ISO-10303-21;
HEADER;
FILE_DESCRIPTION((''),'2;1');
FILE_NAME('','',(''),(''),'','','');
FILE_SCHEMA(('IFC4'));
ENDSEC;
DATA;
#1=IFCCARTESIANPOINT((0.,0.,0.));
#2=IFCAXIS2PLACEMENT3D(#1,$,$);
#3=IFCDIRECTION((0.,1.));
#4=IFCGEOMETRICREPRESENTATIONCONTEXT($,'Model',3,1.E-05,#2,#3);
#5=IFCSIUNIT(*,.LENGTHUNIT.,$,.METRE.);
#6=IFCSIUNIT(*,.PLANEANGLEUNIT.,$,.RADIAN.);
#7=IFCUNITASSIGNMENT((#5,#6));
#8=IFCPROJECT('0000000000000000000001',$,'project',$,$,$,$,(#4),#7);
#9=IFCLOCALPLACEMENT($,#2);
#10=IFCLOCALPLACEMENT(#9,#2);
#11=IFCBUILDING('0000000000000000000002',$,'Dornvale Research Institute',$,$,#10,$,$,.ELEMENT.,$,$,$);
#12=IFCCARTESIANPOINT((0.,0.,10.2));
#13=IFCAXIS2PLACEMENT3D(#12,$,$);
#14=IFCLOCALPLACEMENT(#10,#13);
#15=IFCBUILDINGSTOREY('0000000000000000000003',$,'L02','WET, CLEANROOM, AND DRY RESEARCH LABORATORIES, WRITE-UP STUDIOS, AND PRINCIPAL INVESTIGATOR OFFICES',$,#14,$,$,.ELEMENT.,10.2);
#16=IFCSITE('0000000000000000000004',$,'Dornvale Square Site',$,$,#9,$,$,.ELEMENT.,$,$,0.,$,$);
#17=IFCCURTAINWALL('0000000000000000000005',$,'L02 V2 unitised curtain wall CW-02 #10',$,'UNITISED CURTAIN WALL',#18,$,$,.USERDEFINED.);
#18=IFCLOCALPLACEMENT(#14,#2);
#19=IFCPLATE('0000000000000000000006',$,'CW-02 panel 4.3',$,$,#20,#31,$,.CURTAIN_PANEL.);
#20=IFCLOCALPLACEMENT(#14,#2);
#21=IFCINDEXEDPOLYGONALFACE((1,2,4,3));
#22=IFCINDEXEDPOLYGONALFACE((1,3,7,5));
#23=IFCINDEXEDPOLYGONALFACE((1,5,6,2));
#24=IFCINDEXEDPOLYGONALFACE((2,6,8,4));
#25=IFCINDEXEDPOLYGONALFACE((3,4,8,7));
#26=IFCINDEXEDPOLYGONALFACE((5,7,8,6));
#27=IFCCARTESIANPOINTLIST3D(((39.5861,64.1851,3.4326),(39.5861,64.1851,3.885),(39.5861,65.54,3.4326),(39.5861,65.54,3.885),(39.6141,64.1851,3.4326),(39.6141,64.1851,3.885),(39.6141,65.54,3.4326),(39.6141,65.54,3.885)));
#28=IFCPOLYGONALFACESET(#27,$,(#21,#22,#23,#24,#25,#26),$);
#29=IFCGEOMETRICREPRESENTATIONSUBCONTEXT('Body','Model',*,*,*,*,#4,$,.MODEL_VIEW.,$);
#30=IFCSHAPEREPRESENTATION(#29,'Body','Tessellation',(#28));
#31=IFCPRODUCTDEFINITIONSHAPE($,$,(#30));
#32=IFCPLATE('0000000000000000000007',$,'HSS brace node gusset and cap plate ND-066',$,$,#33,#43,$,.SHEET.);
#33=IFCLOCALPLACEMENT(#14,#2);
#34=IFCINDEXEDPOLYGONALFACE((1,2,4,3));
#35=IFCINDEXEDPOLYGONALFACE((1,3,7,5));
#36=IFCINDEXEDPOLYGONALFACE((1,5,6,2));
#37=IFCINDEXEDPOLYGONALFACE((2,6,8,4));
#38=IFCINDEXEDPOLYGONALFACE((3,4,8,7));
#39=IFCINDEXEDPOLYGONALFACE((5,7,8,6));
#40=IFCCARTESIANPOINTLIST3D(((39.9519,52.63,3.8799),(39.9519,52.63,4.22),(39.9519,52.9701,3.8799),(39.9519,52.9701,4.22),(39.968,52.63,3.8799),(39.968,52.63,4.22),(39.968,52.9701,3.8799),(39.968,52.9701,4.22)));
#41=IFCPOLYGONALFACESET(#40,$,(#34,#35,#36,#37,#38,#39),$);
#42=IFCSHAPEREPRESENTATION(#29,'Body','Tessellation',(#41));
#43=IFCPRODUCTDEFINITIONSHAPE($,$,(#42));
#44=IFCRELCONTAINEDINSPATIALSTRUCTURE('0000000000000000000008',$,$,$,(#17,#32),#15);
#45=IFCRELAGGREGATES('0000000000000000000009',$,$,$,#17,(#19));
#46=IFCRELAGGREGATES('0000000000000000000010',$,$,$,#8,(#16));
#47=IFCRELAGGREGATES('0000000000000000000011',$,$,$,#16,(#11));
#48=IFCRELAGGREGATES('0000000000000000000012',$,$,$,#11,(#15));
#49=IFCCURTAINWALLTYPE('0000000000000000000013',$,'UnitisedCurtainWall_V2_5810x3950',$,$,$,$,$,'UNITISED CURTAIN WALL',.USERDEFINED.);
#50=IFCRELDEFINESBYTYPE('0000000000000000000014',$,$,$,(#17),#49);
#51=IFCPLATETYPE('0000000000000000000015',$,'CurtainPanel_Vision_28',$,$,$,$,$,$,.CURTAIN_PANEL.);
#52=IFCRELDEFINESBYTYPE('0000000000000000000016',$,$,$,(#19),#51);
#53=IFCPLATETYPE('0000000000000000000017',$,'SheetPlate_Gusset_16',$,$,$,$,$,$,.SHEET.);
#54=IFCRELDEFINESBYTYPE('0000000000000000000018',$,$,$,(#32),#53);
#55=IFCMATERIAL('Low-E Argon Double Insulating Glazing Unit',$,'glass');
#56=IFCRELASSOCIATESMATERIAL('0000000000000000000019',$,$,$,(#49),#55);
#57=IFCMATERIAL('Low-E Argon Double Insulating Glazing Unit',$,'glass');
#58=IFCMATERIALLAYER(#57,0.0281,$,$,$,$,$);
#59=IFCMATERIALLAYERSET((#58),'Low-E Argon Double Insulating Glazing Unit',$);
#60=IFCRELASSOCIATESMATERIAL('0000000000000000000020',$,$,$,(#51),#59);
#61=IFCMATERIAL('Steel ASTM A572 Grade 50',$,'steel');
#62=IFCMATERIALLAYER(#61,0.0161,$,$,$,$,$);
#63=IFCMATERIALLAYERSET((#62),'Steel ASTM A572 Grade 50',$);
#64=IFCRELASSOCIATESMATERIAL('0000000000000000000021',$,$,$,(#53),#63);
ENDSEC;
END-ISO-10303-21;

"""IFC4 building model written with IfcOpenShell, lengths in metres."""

from ifc_helpers import new_model, si_unit, direction, frame, origin, origin_2d, place, context, subcontext, project, spatial, rectangle, extrude, material, layer, layer_set, type_object, element, aggregate, save


model = new_model("IFC4")

# Units and contexts
model_context = context("Model", 3, precision=1e-05, world=origin(), true_north=direction((0.0, 1.0)))
body_context = subcontext(model_context, "Body", "Model", "MODEL_VIEW")
ifc_project = project(units=[si_unit("LENGTHUNIT", "METRE"), si_unit("PLANEANGLEUNIT", "RADIAN")], contexts=[model_context])

# Site, building, storey
site_placement = place(None, origin())
site = spatial("IfcSite", under=ifc_project, at=site_placement, Name="Dornvale Square Site", CompositionType="ELEMENT", RefElevation=0.0)
building_placement = place(site_placement, origin())
building = spatial("IfcBuilding", under=site, at=building_placement, Name="Dornvale Research Institute", CompositionType="ELEMENT")
storey_placement = place(building_placement, frame((0.0, 0.0, 10.2)))
storey = spatial("IfcBuildingStorey", under=building, at=storey_placement, Name="L02", Description="WET, CLEANROOM, AND DRY RESEARCH LABORATORIES, WRITE-UP STUDIOS, AND PRINCIPAL INVESTIGATOR OFFICES", CompositionType="ELEMENT", Elevation=10.2)

# Curtain wall
ifc_material_1 = material(Name="Low-E Argon Double Insulating Glazing Unit", Category="glass")
curtain_wall_type = type_object("IfcCurtainWallType", Name="UnitisedCurtainWall_V2_5810x3950", ElementType="UNITISED CURTAIN WALL", PredefinedType="USERDEFINED", material=ifc_material_1)
curtain_wall_placement = place(storey_placement, origin())
curtain_wall = element("IfcCurtainWall", 1, at=curtain_wall_placement, inside=storey, type_object=curtain_wall_type, Name="L02 V2 unitised curtain wall CW-02 #10", ObjectType="UNITISED CURTAIN WALL", PredefinedType="USERDEFINED")

# Plates
ifc_material_2 = material(Name="Low-E Argon Double Insulating Glazing Unit", Category="glass")
ifc_layer_1 = layer(ifc_material_2, 0.0281)
ifc_layer_set_1 = layer_set([ifc_layer_1], Name="Low-E Argon Double Insulating Glazing Unit")
plate_type_1 = type_object("IfcPlateType", Name="CurtainPanel_Vision_28", PredefinedType="CURTAIN_PANEL", material=ifc_layer_set_1)
plate_1_placement = place(storey_placement, frame((39.6001, 64.8625, 3.4326), z_axis=(0.0, 0.0, 1.0), x_axis=(0.0, 1.0, 0.0)))
plate_1 = element("IfcPlate", 2, at=plate_1_placement, type_object=plate_type_1, Name="CW-02 panel 4.3", PredefinedType="CURTAIN_PANEL", context=body_context, shape_type="SweptSolid", body=[
    extrude(rectangle(XDim=1.355, YDim=0.0281, at=origin_2d()), origin(), (0.0, 0.0, 1.0), 0.4524),
])
aggregate(curtain_wall, [plate_1])
ifc_material_3 = material(Name="Steel ASTM A572 Grade 50", Category="steel")
ifc_layer_2 = layer(ifc_material_3, 0.0161)
ifc_layer_set_2 = layer_set([ifc_layer_2], Name="Steel ASTM A572 Grade 50")
plate_type_2 = type_object("IfcPlateType", Name="SheetPlate_Gusset_16", PredefinedType="SHEET", material=ifc_layer_set_2)
plate_2_placement = place(storey_placement, frame((39.96, 52.8, 3.8799), z_axis=(0.0, 0.0, 1.0), x_axis=(0.0, 1.0, 0.0)))
element("IfcPlate", 3, at=plate_2_placement, inside=storey, type_object=plate_type_2, Name="HSS brace node gusset and cap plate ND-066", PredefinedType="SHEET", context=body_context, shape_type="SweptSolid", body=[
    extrude(rectangle(XDim=0.3401, YDim=0.0161, at=origin_2d()), origin(), (0.0, 0.0, 1.0), 0.3401),
])

save(model, "model.ifc")
